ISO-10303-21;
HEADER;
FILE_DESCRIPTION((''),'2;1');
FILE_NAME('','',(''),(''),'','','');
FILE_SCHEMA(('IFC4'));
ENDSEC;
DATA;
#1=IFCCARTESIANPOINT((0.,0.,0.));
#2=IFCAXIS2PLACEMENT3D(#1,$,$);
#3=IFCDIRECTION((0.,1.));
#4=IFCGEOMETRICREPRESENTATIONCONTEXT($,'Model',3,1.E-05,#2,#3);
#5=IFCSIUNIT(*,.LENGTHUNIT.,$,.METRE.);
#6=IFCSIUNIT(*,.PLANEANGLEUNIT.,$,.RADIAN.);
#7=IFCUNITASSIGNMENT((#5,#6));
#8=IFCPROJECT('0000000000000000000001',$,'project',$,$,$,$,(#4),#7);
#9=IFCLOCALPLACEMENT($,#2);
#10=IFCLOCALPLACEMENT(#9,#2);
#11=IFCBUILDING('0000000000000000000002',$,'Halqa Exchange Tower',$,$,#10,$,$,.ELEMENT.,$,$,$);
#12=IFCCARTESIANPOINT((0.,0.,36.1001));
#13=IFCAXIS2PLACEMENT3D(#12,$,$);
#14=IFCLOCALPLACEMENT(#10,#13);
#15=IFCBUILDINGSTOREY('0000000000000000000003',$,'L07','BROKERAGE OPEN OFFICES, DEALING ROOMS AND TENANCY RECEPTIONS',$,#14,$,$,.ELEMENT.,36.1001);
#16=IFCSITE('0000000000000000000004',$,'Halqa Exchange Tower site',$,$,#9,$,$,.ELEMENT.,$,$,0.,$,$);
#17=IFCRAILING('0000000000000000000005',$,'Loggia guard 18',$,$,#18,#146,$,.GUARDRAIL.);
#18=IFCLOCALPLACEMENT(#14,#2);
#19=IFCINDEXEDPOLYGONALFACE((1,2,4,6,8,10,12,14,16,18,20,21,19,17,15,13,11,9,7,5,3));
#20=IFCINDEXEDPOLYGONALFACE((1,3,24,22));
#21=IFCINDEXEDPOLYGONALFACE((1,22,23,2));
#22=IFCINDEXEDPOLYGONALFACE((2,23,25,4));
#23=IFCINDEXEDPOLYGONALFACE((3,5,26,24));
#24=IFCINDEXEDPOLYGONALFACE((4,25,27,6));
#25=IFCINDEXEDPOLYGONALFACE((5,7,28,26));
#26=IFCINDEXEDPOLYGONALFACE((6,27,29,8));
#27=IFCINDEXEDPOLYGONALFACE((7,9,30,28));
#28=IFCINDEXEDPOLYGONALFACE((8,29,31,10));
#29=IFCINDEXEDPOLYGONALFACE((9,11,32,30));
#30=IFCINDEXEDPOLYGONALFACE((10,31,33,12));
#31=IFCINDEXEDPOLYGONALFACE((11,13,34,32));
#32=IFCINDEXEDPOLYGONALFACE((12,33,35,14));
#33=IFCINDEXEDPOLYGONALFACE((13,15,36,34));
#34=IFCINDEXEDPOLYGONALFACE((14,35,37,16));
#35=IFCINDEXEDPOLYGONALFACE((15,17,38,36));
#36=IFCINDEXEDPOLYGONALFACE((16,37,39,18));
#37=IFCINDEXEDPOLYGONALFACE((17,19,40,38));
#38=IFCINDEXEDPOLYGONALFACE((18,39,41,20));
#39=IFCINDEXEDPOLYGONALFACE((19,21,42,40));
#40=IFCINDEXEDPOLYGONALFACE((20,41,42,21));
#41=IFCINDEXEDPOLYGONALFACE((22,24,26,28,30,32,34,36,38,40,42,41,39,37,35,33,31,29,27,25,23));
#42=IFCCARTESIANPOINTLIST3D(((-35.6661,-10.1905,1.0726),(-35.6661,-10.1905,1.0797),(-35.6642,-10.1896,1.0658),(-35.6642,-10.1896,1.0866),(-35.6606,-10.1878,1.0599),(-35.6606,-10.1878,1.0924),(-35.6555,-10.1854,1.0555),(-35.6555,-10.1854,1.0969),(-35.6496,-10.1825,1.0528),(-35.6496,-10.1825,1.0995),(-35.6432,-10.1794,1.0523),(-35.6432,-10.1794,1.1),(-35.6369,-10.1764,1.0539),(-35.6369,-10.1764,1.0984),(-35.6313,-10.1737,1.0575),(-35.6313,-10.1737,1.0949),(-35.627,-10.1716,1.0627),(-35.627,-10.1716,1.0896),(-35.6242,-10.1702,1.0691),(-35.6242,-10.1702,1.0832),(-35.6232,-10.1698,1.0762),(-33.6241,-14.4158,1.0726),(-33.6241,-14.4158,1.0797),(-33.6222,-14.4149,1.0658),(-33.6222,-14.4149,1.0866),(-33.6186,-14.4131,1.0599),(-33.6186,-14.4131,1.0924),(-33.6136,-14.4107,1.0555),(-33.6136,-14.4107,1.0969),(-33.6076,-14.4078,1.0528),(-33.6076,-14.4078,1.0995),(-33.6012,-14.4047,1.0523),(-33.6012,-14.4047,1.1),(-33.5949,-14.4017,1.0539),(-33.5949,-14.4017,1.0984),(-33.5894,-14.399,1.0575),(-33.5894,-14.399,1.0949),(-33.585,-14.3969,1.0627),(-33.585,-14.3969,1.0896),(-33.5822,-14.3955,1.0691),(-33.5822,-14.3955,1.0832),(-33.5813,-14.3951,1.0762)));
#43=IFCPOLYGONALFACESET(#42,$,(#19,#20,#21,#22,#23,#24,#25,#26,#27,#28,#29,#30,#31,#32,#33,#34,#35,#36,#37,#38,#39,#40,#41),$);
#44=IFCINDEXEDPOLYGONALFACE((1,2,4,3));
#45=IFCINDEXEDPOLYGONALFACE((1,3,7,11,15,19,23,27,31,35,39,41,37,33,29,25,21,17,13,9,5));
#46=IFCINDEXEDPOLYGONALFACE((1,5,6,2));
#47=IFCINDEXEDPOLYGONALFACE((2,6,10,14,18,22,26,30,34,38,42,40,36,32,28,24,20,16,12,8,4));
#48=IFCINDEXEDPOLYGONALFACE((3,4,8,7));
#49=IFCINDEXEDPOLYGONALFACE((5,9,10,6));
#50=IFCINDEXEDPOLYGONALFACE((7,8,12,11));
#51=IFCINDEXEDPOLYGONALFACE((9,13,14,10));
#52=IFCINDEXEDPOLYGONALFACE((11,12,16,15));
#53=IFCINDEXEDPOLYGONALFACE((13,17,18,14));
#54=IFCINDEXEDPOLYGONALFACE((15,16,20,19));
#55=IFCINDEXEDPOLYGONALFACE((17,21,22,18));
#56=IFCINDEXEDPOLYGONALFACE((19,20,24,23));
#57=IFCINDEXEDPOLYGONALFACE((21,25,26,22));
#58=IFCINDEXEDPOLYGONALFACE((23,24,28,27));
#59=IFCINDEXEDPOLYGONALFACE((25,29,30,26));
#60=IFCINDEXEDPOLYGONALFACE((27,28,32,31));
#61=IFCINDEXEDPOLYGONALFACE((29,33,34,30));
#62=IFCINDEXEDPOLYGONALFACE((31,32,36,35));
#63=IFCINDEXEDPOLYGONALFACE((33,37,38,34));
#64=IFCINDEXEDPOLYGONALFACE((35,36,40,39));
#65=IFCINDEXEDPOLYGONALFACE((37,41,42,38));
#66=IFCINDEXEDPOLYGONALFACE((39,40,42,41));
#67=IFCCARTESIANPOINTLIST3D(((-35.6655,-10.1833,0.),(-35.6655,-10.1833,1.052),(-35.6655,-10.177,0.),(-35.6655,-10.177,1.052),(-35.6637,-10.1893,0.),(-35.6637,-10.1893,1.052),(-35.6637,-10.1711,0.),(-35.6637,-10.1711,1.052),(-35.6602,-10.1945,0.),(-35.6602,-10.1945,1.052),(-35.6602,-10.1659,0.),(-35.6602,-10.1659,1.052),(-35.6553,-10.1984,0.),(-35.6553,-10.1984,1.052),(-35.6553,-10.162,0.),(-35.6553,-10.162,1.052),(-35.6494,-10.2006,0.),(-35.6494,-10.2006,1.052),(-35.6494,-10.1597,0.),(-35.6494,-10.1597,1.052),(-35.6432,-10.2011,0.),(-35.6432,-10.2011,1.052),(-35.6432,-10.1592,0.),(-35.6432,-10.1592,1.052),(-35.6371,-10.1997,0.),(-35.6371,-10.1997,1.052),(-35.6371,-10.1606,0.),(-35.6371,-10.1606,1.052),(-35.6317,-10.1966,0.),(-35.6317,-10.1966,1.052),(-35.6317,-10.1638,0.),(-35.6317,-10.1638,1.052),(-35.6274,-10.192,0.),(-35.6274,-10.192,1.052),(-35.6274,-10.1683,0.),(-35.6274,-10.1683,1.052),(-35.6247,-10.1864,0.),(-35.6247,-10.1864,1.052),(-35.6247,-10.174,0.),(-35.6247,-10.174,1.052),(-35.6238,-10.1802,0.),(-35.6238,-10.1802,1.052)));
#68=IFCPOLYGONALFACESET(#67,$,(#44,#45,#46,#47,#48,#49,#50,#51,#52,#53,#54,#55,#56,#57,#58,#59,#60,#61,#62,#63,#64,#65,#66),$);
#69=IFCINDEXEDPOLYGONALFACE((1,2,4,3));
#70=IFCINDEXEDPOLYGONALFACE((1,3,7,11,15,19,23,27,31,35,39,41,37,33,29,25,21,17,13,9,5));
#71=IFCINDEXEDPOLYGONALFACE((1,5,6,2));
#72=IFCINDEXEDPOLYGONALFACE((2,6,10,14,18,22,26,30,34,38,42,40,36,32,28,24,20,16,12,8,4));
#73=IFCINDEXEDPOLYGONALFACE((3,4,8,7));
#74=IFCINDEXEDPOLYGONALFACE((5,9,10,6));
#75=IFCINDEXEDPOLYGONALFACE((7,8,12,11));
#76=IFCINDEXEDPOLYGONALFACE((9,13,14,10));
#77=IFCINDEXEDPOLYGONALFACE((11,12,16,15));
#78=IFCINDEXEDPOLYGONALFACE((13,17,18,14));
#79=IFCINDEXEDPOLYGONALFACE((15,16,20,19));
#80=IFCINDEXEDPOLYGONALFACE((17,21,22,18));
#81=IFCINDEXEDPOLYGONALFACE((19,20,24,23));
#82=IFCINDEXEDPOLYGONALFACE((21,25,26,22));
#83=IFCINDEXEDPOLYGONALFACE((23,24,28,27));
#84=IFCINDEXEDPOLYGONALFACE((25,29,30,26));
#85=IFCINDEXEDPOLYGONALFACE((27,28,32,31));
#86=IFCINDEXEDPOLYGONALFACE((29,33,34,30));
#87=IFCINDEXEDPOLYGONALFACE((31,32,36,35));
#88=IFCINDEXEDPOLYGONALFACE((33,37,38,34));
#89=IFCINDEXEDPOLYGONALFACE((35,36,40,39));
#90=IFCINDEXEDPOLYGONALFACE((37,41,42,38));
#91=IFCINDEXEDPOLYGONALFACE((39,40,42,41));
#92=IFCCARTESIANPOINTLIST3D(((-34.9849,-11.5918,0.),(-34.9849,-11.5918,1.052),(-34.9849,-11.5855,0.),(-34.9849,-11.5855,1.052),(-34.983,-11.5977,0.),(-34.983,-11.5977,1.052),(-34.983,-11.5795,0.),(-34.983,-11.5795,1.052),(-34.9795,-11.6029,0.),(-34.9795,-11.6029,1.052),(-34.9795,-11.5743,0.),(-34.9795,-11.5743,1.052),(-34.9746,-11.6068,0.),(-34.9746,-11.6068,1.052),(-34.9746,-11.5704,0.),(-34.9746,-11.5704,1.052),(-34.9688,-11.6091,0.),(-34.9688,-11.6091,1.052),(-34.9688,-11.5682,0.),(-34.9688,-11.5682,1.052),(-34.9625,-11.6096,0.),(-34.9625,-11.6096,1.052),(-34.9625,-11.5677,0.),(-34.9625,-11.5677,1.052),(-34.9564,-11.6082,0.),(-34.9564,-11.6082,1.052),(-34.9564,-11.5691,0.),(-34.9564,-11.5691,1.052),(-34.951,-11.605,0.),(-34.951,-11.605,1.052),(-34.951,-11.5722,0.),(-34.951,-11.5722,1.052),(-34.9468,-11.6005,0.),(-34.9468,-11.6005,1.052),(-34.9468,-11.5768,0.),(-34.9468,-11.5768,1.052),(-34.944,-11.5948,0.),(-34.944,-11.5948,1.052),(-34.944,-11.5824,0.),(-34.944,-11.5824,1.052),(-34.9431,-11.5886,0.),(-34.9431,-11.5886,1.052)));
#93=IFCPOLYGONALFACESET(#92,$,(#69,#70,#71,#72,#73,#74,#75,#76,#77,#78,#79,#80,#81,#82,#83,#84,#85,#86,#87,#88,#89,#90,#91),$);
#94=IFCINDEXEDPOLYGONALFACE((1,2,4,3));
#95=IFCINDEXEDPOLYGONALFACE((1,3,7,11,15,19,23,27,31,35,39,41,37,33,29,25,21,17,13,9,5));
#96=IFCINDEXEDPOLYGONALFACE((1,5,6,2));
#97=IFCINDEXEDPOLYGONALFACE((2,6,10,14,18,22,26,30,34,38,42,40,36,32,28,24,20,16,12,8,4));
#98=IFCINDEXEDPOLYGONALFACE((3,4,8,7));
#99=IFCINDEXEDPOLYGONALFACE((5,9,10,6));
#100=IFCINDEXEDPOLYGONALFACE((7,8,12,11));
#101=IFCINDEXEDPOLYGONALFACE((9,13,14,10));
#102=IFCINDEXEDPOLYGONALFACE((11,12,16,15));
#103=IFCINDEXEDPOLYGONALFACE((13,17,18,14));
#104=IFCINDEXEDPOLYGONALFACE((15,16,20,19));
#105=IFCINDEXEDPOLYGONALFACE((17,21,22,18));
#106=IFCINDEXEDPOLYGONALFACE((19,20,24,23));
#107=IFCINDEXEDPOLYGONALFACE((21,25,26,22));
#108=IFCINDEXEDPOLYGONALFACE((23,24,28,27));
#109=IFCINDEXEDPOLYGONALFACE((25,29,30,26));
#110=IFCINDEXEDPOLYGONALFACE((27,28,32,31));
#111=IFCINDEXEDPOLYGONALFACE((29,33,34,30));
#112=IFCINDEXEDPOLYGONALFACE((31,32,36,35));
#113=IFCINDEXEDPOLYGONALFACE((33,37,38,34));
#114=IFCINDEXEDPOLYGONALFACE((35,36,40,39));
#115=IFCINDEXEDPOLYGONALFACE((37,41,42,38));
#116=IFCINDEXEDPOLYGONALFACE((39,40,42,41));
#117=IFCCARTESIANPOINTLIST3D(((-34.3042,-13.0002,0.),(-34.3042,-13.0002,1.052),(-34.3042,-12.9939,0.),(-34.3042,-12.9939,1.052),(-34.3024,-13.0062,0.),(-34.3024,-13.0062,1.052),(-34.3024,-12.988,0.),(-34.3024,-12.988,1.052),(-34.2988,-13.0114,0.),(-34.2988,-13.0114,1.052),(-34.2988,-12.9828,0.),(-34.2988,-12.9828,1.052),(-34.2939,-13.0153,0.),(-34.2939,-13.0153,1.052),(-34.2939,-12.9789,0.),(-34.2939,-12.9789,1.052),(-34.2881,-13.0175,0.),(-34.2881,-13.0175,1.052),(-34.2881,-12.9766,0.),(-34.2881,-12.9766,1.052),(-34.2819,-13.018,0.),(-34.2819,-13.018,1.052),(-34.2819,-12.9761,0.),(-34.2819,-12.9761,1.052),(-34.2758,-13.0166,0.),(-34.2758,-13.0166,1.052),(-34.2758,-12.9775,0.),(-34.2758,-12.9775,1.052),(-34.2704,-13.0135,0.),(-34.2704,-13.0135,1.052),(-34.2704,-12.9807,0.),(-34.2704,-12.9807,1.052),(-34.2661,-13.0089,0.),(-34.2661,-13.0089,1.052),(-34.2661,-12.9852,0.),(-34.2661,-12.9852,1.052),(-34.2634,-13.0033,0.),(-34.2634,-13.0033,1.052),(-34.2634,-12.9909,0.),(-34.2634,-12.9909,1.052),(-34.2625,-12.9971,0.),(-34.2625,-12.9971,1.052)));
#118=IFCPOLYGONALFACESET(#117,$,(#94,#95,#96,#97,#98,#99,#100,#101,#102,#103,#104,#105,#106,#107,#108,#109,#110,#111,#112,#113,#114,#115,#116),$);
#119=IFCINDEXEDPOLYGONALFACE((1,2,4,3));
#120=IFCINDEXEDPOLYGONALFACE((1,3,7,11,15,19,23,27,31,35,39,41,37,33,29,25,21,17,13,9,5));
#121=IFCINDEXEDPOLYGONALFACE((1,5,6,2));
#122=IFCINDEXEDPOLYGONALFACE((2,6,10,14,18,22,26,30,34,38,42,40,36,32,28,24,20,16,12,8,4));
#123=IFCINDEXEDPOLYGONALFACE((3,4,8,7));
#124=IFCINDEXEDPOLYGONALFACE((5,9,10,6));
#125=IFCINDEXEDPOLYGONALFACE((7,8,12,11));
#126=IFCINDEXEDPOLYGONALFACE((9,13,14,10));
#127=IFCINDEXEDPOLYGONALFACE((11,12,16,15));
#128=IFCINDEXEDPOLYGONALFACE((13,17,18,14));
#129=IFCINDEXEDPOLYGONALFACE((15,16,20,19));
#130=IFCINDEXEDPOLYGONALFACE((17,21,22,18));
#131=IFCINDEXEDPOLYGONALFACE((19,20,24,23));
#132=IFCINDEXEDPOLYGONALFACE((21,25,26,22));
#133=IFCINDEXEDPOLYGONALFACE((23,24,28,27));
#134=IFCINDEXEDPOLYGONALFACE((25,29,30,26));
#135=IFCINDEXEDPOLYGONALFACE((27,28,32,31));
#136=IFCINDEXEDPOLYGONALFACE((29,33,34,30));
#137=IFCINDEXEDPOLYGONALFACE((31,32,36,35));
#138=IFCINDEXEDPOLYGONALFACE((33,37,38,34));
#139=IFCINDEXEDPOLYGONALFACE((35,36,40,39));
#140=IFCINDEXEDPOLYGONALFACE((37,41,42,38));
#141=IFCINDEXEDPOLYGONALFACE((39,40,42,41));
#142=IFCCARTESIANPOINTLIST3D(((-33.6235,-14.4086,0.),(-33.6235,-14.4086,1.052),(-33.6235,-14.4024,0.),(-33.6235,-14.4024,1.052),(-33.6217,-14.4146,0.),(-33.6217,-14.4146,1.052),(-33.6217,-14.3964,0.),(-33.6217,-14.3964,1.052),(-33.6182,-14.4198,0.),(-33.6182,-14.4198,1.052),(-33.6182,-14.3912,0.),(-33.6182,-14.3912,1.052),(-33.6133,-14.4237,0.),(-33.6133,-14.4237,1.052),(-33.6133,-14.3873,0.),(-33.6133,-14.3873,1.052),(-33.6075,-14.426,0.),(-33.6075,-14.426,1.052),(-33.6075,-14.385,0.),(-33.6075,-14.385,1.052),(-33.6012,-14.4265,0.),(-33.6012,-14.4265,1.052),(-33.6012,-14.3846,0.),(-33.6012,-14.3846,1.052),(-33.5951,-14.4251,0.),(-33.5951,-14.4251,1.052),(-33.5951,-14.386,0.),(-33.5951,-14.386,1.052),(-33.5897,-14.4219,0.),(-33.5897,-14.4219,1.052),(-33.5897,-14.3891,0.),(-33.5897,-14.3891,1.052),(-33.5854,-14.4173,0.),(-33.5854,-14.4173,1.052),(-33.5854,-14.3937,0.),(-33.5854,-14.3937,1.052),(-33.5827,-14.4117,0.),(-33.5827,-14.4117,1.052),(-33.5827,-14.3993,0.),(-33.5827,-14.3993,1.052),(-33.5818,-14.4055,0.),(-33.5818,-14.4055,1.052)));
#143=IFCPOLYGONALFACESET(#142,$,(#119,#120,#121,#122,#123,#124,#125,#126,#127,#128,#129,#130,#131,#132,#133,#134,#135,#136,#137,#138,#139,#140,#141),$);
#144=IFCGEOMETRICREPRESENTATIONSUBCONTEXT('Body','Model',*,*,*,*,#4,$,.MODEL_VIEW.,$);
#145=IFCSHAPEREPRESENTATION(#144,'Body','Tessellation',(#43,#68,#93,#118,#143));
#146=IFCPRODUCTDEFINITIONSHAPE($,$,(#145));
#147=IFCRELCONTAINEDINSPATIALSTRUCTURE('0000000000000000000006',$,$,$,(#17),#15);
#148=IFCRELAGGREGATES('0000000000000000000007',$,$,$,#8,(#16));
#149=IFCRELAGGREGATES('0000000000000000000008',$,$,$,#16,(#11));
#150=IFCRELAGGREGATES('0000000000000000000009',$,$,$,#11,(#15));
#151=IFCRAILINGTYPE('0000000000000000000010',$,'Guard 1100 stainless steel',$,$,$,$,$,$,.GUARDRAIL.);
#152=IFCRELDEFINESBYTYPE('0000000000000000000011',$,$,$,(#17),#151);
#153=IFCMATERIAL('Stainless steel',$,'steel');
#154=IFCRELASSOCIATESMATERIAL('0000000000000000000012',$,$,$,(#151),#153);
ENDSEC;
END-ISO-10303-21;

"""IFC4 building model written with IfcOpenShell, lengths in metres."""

from ifc_helpers import new_model, si_unit, direction, frame, origin, origin_2d, place, context, subcontext, project, spatial, circle, extrude, material, type_object, element, save


model = new_model("IFC4")

# Units and contexts
model_context = context("Model", 3, precision=1e-05, world=origin(), true_north=direction((0.0, 1.0)))
body_context = subcontext(model_context, "Body", "Model", "MODEL_VIEW")
ifc_project = project(units=[si_unit("LENGTHUNIT", "METRE"), si_unit("PLANEANGLEUNIT", "RADIAN")], contexts=[model_context])

# Site, building, storey
site_placement = place(None, origin())
site = spatial("IfcSite", under=ifc_project, at=site_placement, Name="Halqa Exchange Tower site", CompositionType="ELEMENT", RefElevation=0.0)
building_placement = place(site_placement, origin())
building = spatial("IfcBuilding", under=site, at=building_placement, Name="Halqa Exchange Tower", CompositionType="ELEMENT")
storey_placement = place(building_placement, frame((0.0, 0.0, 36.1001)))
storey = spatial("IfcBuildingStorey", under=building, at=storey_placement, Name="L07", Description="BROKERAGE OPEN OFFICES, DEALING ROOMS AND TENANCY RECEPTIONS", CompositionType="ELEMENT", Elevation=36.1001)

# Railing
ifc_material_1 = material(Name="Stainless steel", Category="steel")
railing_type = type_object("IfcRailingType", Name="Guard 1100 stainless steel", PredefinedType="GUARDRAIL", material=ifc_material_1)
railing_1_placement = place(storey_placement, frame((-35.6448, -10.1802, 0.0)))
element("IfcRailing", 1, at=railing_1_placement, inside=storey, type_object=railing_type, Name="Loggia guard 18", PredefinedType="GUARDRAIL", context=body_context, shape_type="SweptSolid", body=[
    extrude(circle(Radius=0.0239, at=origin_2d()), frame((0.0, 0.0, 1.0762), z_axis=(0.435124, -0.90037, 0.0), x_axis=(0.90037, 0.435124, 0.0)), (0.0, 0.0, 1.0), 4.6929),
    extrude(circle(Radius=0.021, at=origin_2d()), origin(), (0.0, 0.0, 1.0), 1.052),
    extrude(circle(Radius=0.021, at=origin_2d()), frame((0.6807, -1.4084, 0.0)), (0.0, 0.0, 1.0), 1.052),
    extrude(circle(Radius=0.021, at=origin_2d()), frame((1.3613, -2.8169, 0.0)), (0.0, 0.0, 1.0), 1.052),
    extrude(circle(Radius=0.021, at=origin_2d()), frame((2.042, -4.2253, 0.0)), (0.0, 0.0, 1.0), 1.052),
])

save(model, "model.ifc")
